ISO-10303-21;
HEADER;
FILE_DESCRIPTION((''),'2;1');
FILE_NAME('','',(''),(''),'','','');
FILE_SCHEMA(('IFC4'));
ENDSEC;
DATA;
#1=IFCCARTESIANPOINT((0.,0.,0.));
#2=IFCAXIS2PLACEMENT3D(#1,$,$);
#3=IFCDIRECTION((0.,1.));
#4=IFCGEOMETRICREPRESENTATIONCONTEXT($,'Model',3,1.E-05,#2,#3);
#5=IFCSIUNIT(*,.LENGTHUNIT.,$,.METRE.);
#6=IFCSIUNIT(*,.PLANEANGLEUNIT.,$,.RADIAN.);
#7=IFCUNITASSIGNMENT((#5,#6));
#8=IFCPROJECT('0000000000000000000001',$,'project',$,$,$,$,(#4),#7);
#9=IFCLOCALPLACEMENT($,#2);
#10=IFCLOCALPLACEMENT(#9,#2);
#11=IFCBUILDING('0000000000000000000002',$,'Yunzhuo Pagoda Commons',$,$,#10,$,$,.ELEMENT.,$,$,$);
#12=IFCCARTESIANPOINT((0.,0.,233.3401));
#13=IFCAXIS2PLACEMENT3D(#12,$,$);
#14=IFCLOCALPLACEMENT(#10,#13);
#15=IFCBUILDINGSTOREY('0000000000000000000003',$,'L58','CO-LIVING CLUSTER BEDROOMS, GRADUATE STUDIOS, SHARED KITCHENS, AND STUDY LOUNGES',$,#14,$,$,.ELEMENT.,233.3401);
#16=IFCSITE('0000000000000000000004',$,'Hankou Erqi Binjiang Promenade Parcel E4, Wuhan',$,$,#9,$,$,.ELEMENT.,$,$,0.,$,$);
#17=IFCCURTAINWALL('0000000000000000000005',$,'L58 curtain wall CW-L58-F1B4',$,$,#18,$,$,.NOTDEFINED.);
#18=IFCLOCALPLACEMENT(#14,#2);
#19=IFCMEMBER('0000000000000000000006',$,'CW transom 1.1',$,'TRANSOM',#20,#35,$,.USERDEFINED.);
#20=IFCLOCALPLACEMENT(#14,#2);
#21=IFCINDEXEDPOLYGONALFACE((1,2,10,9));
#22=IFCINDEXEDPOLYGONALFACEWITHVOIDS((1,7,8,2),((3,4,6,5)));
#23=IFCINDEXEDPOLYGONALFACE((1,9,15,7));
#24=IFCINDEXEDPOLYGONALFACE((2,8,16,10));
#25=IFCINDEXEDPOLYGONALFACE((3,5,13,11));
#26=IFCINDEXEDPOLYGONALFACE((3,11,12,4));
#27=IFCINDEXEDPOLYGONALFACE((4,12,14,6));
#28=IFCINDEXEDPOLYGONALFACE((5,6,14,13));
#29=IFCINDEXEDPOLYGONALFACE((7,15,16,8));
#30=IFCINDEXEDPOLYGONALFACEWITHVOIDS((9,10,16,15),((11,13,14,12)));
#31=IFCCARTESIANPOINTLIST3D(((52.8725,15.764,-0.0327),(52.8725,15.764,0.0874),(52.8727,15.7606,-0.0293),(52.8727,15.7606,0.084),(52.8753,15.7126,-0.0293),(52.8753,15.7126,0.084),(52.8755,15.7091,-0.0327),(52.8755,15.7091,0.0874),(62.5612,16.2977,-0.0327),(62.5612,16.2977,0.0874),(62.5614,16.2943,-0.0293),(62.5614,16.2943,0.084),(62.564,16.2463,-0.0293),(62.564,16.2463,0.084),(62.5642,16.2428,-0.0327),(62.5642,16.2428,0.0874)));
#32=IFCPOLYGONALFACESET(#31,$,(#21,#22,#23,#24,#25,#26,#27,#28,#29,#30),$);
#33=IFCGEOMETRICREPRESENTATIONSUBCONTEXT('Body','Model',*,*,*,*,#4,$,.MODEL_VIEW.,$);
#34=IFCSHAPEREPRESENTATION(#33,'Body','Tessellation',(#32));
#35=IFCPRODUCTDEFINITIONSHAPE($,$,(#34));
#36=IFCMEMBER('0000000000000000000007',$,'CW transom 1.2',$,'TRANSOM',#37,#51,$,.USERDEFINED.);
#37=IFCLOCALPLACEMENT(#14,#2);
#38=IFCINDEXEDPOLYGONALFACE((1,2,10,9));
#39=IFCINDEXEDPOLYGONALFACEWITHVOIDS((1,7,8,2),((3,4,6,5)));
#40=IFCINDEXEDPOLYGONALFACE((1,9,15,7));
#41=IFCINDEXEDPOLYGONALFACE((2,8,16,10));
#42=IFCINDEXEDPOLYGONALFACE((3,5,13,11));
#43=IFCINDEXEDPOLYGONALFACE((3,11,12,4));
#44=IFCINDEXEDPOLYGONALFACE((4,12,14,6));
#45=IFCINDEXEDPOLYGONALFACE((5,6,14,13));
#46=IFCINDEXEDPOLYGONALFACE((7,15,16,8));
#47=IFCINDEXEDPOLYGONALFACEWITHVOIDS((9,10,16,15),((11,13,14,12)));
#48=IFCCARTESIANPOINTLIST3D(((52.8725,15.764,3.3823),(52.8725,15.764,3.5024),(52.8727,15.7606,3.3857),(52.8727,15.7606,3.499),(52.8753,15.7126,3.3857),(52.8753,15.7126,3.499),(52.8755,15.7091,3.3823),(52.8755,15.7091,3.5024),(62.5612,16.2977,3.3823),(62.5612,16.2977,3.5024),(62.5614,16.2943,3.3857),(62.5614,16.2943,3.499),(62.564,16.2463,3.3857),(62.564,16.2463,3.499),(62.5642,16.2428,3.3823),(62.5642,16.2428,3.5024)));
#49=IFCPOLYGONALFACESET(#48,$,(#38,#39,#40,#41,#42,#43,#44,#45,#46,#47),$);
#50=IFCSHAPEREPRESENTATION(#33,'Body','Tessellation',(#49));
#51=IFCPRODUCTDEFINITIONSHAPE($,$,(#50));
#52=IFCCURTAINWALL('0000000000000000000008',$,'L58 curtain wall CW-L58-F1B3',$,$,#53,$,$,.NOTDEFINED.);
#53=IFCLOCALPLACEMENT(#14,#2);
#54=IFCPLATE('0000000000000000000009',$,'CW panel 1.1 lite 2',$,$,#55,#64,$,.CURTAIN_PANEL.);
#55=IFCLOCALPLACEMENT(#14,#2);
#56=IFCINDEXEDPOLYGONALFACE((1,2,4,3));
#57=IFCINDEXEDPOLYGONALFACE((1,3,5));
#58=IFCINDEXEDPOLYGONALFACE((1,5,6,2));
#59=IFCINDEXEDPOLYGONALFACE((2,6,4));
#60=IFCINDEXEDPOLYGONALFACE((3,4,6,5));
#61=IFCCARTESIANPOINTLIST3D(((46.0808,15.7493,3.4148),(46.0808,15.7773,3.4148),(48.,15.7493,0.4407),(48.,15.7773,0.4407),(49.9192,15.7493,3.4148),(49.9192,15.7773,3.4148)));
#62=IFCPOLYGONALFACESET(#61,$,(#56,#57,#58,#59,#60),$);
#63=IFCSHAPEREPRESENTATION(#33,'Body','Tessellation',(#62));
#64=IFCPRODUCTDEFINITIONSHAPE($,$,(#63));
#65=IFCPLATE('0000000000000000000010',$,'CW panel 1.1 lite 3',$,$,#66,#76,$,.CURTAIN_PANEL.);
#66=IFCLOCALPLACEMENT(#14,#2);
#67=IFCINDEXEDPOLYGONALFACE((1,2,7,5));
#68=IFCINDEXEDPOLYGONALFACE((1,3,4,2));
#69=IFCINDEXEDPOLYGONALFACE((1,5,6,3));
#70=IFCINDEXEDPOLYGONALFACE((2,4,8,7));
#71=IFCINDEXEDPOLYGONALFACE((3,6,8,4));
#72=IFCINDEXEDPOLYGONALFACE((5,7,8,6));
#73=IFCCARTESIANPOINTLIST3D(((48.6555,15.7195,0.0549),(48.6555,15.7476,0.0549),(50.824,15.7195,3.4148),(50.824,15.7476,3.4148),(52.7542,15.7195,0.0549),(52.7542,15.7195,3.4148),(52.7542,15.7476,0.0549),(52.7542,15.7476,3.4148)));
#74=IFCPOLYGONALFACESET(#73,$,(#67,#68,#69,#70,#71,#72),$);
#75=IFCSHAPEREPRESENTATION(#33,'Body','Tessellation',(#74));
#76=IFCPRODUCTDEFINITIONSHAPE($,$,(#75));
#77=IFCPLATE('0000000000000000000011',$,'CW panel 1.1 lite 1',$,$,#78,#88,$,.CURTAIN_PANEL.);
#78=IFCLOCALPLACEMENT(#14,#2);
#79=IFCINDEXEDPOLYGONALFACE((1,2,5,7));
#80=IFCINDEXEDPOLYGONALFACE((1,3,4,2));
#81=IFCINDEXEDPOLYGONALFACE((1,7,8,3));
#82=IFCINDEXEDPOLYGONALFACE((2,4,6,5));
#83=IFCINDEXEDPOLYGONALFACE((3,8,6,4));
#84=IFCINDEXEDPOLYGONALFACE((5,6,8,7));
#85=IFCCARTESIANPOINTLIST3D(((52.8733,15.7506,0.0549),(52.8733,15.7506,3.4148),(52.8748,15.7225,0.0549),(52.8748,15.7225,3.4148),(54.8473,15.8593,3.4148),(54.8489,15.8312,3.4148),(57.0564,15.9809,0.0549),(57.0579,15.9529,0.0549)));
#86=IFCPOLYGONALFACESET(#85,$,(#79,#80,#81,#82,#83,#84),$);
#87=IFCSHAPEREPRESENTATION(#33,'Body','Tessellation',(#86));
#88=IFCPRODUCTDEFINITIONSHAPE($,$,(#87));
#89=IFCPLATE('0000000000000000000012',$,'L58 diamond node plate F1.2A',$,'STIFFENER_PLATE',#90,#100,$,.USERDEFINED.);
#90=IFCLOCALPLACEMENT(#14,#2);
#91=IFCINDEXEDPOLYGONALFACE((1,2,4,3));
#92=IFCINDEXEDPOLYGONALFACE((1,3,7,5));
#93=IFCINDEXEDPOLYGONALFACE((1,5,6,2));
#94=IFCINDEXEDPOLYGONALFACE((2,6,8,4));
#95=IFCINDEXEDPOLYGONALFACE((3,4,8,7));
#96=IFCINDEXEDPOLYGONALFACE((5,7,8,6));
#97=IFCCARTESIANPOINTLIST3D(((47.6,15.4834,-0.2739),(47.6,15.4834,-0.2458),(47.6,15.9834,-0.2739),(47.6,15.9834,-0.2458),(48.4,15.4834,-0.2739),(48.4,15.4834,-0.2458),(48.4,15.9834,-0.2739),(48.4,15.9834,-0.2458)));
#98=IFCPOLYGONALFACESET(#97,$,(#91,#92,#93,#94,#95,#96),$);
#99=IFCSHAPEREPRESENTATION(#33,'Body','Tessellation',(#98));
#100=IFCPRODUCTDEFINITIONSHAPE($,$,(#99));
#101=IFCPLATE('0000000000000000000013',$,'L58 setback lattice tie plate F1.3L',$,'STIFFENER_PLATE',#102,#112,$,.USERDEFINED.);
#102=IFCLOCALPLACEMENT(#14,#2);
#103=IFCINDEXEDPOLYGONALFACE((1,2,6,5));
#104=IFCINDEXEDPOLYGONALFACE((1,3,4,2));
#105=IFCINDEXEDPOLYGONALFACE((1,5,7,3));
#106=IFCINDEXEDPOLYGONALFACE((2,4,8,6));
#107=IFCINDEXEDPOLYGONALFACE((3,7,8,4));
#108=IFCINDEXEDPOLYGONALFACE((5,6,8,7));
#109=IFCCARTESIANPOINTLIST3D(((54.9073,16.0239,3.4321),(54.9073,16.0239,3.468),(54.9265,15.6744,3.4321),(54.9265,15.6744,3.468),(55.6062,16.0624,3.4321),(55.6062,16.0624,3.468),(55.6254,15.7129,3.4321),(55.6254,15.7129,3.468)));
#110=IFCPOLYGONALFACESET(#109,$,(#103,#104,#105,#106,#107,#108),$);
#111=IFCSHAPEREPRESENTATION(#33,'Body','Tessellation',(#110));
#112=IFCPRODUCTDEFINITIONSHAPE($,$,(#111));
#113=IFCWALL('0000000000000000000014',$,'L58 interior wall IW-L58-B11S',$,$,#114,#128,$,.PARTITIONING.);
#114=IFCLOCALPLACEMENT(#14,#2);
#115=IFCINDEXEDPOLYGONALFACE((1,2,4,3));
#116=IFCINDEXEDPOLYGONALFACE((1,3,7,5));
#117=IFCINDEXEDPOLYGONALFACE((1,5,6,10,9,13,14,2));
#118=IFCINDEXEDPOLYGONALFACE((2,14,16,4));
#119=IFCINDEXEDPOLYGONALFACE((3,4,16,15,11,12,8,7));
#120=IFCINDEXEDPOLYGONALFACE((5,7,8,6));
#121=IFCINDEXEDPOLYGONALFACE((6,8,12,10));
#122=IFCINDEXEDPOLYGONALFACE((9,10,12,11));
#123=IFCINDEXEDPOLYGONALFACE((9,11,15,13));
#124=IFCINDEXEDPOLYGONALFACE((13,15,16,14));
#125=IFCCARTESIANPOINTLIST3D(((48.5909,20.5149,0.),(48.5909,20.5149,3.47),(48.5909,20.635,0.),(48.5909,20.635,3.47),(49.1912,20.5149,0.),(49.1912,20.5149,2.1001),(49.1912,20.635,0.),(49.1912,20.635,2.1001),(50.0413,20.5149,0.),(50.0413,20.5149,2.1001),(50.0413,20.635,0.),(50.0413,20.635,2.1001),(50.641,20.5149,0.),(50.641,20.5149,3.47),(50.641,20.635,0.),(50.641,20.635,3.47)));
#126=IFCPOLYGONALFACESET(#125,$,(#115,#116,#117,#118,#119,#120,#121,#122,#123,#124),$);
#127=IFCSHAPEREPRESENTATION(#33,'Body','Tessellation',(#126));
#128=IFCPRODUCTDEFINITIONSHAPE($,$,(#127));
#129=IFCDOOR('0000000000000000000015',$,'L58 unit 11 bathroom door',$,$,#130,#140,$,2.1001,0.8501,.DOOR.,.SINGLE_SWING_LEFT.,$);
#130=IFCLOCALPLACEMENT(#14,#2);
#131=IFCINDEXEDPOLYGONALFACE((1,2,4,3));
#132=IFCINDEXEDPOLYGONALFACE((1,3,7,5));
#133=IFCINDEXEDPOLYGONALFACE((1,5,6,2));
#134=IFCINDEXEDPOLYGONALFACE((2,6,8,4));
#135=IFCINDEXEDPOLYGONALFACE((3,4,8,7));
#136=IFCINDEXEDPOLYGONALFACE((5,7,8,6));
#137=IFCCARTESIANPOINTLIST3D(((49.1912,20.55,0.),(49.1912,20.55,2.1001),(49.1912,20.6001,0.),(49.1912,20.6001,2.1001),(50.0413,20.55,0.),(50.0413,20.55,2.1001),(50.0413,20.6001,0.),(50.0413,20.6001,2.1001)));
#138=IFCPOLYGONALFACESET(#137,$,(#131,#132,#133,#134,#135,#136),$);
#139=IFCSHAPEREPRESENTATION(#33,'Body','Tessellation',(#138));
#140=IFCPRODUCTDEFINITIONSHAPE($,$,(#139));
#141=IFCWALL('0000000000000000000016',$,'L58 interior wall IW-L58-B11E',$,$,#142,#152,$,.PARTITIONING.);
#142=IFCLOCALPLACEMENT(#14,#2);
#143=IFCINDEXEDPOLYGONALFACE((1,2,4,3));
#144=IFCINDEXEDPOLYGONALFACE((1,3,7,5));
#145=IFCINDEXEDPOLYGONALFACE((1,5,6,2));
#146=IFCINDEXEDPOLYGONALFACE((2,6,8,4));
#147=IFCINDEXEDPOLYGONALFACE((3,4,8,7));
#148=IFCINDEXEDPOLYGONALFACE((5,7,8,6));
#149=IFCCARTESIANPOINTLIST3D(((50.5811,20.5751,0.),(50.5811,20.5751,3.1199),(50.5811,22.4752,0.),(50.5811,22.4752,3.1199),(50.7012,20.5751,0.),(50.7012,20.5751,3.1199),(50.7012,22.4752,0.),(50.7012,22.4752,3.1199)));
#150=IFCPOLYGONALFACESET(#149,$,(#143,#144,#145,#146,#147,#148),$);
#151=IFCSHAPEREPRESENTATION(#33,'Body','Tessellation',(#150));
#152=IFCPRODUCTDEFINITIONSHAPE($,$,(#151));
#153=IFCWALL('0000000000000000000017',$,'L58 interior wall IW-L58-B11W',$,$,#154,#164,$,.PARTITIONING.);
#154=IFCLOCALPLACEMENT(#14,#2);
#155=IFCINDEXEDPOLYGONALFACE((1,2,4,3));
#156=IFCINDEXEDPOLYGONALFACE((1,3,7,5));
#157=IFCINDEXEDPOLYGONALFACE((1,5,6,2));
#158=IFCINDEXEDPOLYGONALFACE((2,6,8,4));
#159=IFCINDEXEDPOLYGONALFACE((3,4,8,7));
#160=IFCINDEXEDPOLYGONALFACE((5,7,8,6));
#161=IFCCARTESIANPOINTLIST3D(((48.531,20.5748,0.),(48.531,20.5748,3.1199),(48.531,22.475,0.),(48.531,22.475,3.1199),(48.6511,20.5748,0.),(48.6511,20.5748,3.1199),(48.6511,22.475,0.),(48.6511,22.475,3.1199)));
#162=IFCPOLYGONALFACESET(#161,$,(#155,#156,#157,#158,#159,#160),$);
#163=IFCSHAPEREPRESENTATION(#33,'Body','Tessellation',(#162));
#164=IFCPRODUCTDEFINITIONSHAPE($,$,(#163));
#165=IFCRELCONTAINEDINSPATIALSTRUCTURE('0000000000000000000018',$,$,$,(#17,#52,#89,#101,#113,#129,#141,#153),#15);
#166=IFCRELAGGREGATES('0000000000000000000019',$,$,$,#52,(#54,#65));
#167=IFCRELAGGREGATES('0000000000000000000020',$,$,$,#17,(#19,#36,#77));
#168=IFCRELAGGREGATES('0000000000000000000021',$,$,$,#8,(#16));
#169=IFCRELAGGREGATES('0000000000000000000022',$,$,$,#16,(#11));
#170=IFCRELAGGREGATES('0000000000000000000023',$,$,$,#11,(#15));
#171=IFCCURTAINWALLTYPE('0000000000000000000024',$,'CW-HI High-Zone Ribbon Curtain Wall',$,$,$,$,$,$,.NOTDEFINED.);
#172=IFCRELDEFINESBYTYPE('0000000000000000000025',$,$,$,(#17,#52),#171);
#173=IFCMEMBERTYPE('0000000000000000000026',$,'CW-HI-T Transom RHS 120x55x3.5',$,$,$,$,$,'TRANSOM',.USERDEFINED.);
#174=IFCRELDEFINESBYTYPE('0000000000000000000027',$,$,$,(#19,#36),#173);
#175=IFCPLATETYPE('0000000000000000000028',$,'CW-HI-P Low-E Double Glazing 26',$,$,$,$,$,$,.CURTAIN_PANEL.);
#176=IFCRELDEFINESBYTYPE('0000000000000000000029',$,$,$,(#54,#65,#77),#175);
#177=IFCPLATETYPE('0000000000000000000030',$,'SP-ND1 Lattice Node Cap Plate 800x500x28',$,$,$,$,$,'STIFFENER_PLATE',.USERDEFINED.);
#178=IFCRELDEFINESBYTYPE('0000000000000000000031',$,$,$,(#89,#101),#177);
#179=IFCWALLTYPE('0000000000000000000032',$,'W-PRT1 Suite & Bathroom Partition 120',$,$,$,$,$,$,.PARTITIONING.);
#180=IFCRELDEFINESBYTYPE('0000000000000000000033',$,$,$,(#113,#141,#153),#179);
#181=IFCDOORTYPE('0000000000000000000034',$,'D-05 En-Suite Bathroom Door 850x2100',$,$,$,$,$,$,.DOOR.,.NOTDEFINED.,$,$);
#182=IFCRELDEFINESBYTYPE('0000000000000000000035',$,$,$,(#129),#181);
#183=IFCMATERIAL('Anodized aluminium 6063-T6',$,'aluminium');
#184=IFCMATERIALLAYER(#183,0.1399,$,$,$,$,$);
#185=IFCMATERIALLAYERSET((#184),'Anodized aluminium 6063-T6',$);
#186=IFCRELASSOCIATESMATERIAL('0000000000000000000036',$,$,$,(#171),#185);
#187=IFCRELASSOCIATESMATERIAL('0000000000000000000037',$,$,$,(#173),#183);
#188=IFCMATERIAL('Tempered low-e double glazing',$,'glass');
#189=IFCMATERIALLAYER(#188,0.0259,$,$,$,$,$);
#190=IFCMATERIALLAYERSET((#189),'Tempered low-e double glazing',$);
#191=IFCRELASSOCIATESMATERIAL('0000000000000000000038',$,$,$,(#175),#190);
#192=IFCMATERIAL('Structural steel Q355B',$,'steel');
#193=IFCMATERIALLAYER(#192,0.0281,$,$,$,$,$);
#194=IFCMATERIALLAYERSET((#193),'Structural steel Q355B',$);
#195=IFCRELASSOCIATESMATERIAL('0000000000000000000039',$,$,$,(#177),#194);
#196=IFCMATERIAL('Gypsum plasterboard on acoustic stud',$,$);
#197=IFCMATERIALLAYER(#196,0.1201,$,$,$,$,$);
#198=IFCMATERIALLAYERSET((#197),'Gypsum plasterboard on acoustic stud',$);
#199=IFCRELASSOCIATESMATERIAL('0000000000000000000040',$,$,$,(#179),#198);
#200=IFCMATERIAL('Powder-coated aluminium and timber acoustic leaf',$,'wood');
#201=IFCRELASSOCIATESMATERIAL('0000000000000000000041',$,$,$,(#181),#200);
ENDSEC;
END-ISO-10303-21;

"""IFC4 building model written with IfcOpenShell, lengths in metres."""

from ifc_helpers import new_model, si_unit, direction, frame, frame_2d, origin, origin_2d, place, context, subcontext, project, spatial, polyline, rectangle, hollow_rectangle, outline, extrude, source, transform, mapped, material, layer, layer_set, material_profile, profile_set, type_object, element, fill, aggregate, save


model = new_model("IFC4")

# Units and contexts
model_context = context("Model", 3, precision=1e-05, world=origin(), true_north=direction((0.0, 1.0)))
body_context = subcontext(model_context, "Body", "Model", "MODEL_VIEW")
ifc_project = project(units=[si_unit("LENGTHUNIT", "METRE"), si_unit("PLANEANGLEUNIT", "RADIAN")], contexts=[model_context])

# Site, building, storey
site_placement = place(None, origin())
site = spatial("IfcSite", under=ifc_project, at=site_placement, Name="Hankou Erqi Binjiang Promenade Parcel E4, Wuhan", CompositionType="ELEMENT", RefElevation=0.0)
building_placement = place(site_placement, origin())
building = spatial("IfcBuilding", under=site, at=building_placement, Name="Yunzhuo Pagoda Commons", CompositionType="ELEMENT")
storey_placement = place(building_placement, frame((0.0, 0.0, 233.3401)))
storey = spatial("IfcBuildingStorey", under=building, at=storey_placement, Name="L58", Description="CO-LIVING CLUSTER BEDROOMS, GRADUATE STUDIOS, SHARED KITCHENS, AND STUDY LOUNGES", CompositionType="ELEMENT", Elevation=233.3401)

# Shared definitions
ifc_material_1 = material(Name="Structural steel Q355B", Category="steel")

# Curtain wall, members
ifc_material_2 = material(Name="Anodized aluminium 6063-T6", Category="aluminium")
ifc_layer_1 = layer(ifc_material_2, 0.1399)
ifc_layer_set_1 = layer_set([ifc_layer_1], Name="Anodized aluminium 6063-T6")
curtain_wall_type = type_object("IfcCurtainWallType", Name="CW-HI High-Zone Ribbon Curtain Wall", PredefinedType="NOTDEFINED", material=ifc_layer_set_1)
curtain_wall_1_placement = place(storey_placement, origin())
curtain_wall_1 = element("IfcCurtainWall", 1, at=curtain_wall_1_placement, inside=storey, type_object=curtain_wall_type, Name="L58 curtain wall CW-L58-F1B4", PredefinedType="NOTDEFINED")
ifc_material_profile_1 = material_profile(ifc_material_2, hollow_rectangle(XDim=0.0549, YDim=0.1201, WallThickness=0.0034, at=origin_2d()), Name="Anodized aluminium 6063-T6")
ifc_profile_set_1 = profile_set([ifc_material_profile_1], Name="Anodized aluminium 6063-T6")
member_type_1 = type_object("IfcMemberType", Name="CW-HI-T Transom RHS 120x55x3.5", ElementType="TRANSOM", PredefinedType="USERDEFINED", material=ifc_profile_set_1)
shared_shape_1 = source(origin(), body_context, "Body", "SweptSolid", [
    extrude(hollow_rectangle(XDim=0.0549, YDim=0.1201, WallThickness=0.0034, at=origin_2d()), origin(), (0.0, 0.0, 1.0), 9.7034),
])
member_1_placement = place(storey_placement, frame((52.874, 15.7366, 0.0273), z_axis=(0.998486, 0.055, 0.0), x_axis=(-0.055, 0.998486, 0.0)))
member_1 = element("IfcMember", 2, at=member_1_placement, type_object=member_type_1, Name="CW transom 1.1", ObjectType="TRANSOM", PredefinedType="USERDEFINED", context=body_context, shape_type="MappedRepresentation", body=[
    mapped(shared_shape_1, transform((0.0, 0.0, 0.0), scale=1.0)),
])
member_2_placement = place(storey_placement, frame((52.874, 15.7366, 3.4424), z_axis=(0.998486, 0.055, 0.0), x_axis=(-0.055, 0.998486, 0.0)))
member_2 = element("IfcMember", 3, at=member_2_placement, type_object=member_type_1, Name="CW transom 1.2", ObjectType="TRANSOM", PredefinedType="USERDEFINED", context=body_context, shape_type="MappedRepresentation", body=[
    mapped(shared_shape_1, transform((0.0, 0.0, 0.0), scale=1.0)),
])

# Curtain wall, plates
curtain_wall_2_placement = place(storey_placement, origin())
curtain_wall_2 = element("IfcCurtainWall", 4, at=curtain_wall_2_placement, inside=storey, type_object=curtain_wall_type, Name="L58 curtain wall CW-L58-F1B3", PredefinedType="NOTDEFINED")
ifc_material_3 = material(Name="Tempered low-e double glazing", Category="glass")
ifc_layer_2 = layer(ifc_material_3, 0.0259)
ifc_layer_set_2 = layer_set([ifc_layer_2], Name="Tempered low-e double glazing")
plate_type_1 = type_object("IfcPlateType", Name="CW-HI-P Low-E Double Glazing 26", PredefinedType="CURTAIN_PANEL", material=ifc_layer_set_2)
plate_1_placement = place(storey_placement, frame((48.0, 15.7773, 1.9277), z_axis=(0.0, -1.0, 0.0), x_axis=(1.0, 0.0, 0.0)))
plate_1 = element("IfcPlate", 5, at=plate_1_placement, type_object=plate_type_1, Name="CW panel 1.1 lite 2", PredefinedType="CURTAIN_PANEL", context=body_context, shape_type="SweptSolid", body=[
    extrude(outline(polyline([(-1.9192, 1.4871), (0.0, -1.4871), (1.9192, 1.4871), (-1.9192, 1.4871)])), origin(), (0.0, 0.0, 1.0), 0.0281),
])
plate_2_placement = place(storey_placement, frame((50.7048, 15.7476, 1.7349), z_axis=(0.0, -1.0, 0.0), x_axis=(1.0, 0.0, 0.0)))
plate_2 = element("IfcPlate", 6, at=plate_2_placement, type_object=plate_type_1, Name="CW panel 1.1 lite 3", PredefinedType="CURTAIN_PANEL", context=body_context, shape_type="SweptSolid", body=[
    extrude(outline(polyline([(-2.0493, -1.6799), (2.0493, -1.6799), (2.0493, 1.6799), (0.1191, 1.6799), (-2.0493, -1.6799)])), origin(), (0.0, 0.0, 1.0), 0.0281),
])
aggregate(curtain_wall_2, [plate_1, plate_2])

# Plate
plate_3_placement = place(storey_placement, frame((54.9648, 15.8657, 1.7349), z_axis=(0.054981, -0.998487, 0.0), x_axis=(0.998487, 0.054981, 0.0)))
plate_3 = element("IfcPlate", 7, at=plate_3_placement, type_object=plate_type_1, Name="CW panel 1.1 lite 1", PredefinedType="CURTAIN_PANEL", context=body_context, shape_type="SweptSolid", body=[
    extrude(outline(polyline([(-2.0947, -1.6799), (2.0947, -1.6799), (-0.1177, 1.6799), (-2.0947, 1.6799), (-2.0947, -1.6799)])), origin(), (0.0, 0.0, 1.0), 0.0281),
])
aggregate(curtain_wall_1, [member_1, member_2, plate_3])

# Plates
ifc_layer_3 = layer(ifc_material_1, 0.0281)
ifc_layer_set_3 = layer_set([ifc_layer_3], Name="Structural steel Q355B")
plate_type_2 = type_object("IfcPlateType", Name="SP-ND1 Lattice Node Cap Plate 800x500x28", ElementType="STIFFENER_PLATE", PredefinedType="USERDEFINED", material=ifc_layer_set_3)
shared_shape_2 = source(origin(), body_context, "Body", "SweptSolid", [
    extrude(rectangle(XDim=0.8, YDim=0.5, at=origin_2d()), origin(), (0.0, 0.0, 1.0), 0.0281),
])
plate_4_placement = place(storey_placement, frame((48.0, 15.7334, -0.2739), z_axis=(0.0, 0.0, 1.0), x_axis=(1.0, 0.0, 0.0)))
element("IfcPlate", 8, at=plate_4_placement, inside=storey, type_object=plate_type_2, Name="L58 diamond node plate F1.2A", ObjectType="STIFFENER_PLATE", PredefinedType="USERDEFINED", context=body_context, shape_type="MappedRepresentation", body=[
    mapped(shared_shape_2, transform((0.0, 0.0, 0.0), scale=1.0)),
])
shared_shape_3 = source(origin(), body_context, "Body", "SweptSolid", [
    extrude(rectangle(XDim=0.7, YDim=0.3501, at=origin_2d()), origin(), (0.0, 0.0, 1.0), 0.0359),
])
plate_5_placement = place(storey_placement, frame((55.2664, 15.8684, 3.4321), z_axis=(0.0, 0.0, 1.0), x_axis=(0.998487, 0.054985, 0.0)))
element("IfcPlate", 9, at=plate_5_placement, inside=storey, type_object=plate_type_2, Name="L58 setback lattice tie plate F1.3L", ObjectType="STIFFENER_PLATE", PredefinedType="USERDEFINED", context=body_context, shape_type="MappedRepresentation", body=[
    mapped(shared_shape_3, transform((0.0, 0.0, 0.0), scale=1.0)),
])

# Wall, opening, door
ifc_material_4 = material(Name="Gypsum plasterboard on acoustic stud")
ifc_layer_4 = layer(ifc_material_4, 0.1201)
ifc_layer_set_4 = layer_set([ifc_layer_4], Name="Gypsum plasterboard on acoustic stud")
wall_type = type_object("IfcWallType", Name="W-PRT1 Suite & Bathroom Partition 120", PredefinedType="PARTITIONING", material=ifc_layer_set_4)
wall_1_placement = place(storey_placement, frame((48.5911, 20.575, 0.0), z_axis=(0.0, 0.0, 1.0), x_axis=(1.0, 0.0, 0.0)))
wall_1 = element("IfcWall", 10, at=wall_1_placement, inside=storey, type_object=wall_type, Name="L58 interior wall IW-L58-B11S", PredefinedType="PARTITIONING", context=body_context, shape_type="SweptSolid", body=[
    extrude(rectangle(XDim=2.05, YDim=0.1201, at=frame_2d((1.0249, 0.0))), origin(), (0.0, 0.0, 1.0), 3.47),
])
opening_1_placement = place(wall_1_placement, frame((0.6001, 0.0, 0.0)))
opening_1 = element("IfcOpeningElement", 11, at=opening_1_placement, cuts=wall_1, PredefinedType="OPENING", context=body_context, shape_type="SweptSolid", body=[
    extrude(rectangle(XDim=0.8501, YDim=2.1001, at=frame_2d((0.425, 1.05))), frame((0.0, 0.0701, 0.0), z_axis=(0.0, -1.0, 0.0), x_axis=(1.0, 0.0, 0.0)), (0.0, 0.0, 1.0), 0.1401),
])
ifc_material_5 = material(Name="Powder-coated aluminium and timber acoustic leaf", Category="wood")
door_type = type_object("IfcDoorType", Name="D-05 En-Suite Bathroom Door 850x2100", OperationType="NOTDEFINED", PredefinedType="DOOR", material=ifc_material_5)
shared_shape_4 = source(origin(), body_context, "Body", "SweptSolid", [
    extrude(rectangle(XDim=0.8501, YDim=2.1001, at=frame_2d((0.425, 1.05))), frame((0.0, 0.0249, 0.0), z_axis=(0.0, -1.0, 0.0), x_axis=(1.0, 0.0, 0.0)), (0.0, 0.0, 1.0), 0.05),
])
door_1_placement = place(opening_1_placement, frame((0.8501, 0.0, 0.0), z_axis=(0.0, 0.0, 1.0), x_axis=(-1.0, 0.0, 0.0)))
door_1 = element("IfcDoor", 12, at=door_1_placement, inside=storey, type_object=door_type, Name="L58 unit 11 bathroom door", OperationType="SINGLE_SWING_LEFT", OverallHeight=2.1001, OverallWidth=0.8501, PredefinedType="DOOR", context=body_context, shape_type="MappedRepresentation", body=[
    mapped(shared_shape_4, transform((0.0, 0.0, 0.0), scale=1.0)),
])
fill(opening_1, door_1)

# Walls
for number, where, z_axis, x_axis, name in (
    (13, (50.6411, 20.575, 0.0), (0.0, 0.0, 1.0), (0.0, 1.0, 0.0), "L58 interior wall IW-L58-B11E"),
    (14, (48.5911, 22.4751, 0.0), (0.0, 0.0, 1.0), (0.0, -1.0, 0.0), "L58 interior wall IW-L58-B11W"),
):
    element("IfcWall", number, at=place(storey_placement, frame(where, z_axis=z_axis, x_axis=x_axis)), inside=storey, type_object=wall_type, Name=name, PredefinedType="PARTITIONING", context=body_context, shape_type="SweptSolid", body=[
        extrude(rectangle(XDim=1.9001, YDim=0.1201, at=frame_2d((0.9502, 0.0))), origin(), (0.0, 0.0, 1.0), 3.1199),
    ])

save(model, "model.ifc")
